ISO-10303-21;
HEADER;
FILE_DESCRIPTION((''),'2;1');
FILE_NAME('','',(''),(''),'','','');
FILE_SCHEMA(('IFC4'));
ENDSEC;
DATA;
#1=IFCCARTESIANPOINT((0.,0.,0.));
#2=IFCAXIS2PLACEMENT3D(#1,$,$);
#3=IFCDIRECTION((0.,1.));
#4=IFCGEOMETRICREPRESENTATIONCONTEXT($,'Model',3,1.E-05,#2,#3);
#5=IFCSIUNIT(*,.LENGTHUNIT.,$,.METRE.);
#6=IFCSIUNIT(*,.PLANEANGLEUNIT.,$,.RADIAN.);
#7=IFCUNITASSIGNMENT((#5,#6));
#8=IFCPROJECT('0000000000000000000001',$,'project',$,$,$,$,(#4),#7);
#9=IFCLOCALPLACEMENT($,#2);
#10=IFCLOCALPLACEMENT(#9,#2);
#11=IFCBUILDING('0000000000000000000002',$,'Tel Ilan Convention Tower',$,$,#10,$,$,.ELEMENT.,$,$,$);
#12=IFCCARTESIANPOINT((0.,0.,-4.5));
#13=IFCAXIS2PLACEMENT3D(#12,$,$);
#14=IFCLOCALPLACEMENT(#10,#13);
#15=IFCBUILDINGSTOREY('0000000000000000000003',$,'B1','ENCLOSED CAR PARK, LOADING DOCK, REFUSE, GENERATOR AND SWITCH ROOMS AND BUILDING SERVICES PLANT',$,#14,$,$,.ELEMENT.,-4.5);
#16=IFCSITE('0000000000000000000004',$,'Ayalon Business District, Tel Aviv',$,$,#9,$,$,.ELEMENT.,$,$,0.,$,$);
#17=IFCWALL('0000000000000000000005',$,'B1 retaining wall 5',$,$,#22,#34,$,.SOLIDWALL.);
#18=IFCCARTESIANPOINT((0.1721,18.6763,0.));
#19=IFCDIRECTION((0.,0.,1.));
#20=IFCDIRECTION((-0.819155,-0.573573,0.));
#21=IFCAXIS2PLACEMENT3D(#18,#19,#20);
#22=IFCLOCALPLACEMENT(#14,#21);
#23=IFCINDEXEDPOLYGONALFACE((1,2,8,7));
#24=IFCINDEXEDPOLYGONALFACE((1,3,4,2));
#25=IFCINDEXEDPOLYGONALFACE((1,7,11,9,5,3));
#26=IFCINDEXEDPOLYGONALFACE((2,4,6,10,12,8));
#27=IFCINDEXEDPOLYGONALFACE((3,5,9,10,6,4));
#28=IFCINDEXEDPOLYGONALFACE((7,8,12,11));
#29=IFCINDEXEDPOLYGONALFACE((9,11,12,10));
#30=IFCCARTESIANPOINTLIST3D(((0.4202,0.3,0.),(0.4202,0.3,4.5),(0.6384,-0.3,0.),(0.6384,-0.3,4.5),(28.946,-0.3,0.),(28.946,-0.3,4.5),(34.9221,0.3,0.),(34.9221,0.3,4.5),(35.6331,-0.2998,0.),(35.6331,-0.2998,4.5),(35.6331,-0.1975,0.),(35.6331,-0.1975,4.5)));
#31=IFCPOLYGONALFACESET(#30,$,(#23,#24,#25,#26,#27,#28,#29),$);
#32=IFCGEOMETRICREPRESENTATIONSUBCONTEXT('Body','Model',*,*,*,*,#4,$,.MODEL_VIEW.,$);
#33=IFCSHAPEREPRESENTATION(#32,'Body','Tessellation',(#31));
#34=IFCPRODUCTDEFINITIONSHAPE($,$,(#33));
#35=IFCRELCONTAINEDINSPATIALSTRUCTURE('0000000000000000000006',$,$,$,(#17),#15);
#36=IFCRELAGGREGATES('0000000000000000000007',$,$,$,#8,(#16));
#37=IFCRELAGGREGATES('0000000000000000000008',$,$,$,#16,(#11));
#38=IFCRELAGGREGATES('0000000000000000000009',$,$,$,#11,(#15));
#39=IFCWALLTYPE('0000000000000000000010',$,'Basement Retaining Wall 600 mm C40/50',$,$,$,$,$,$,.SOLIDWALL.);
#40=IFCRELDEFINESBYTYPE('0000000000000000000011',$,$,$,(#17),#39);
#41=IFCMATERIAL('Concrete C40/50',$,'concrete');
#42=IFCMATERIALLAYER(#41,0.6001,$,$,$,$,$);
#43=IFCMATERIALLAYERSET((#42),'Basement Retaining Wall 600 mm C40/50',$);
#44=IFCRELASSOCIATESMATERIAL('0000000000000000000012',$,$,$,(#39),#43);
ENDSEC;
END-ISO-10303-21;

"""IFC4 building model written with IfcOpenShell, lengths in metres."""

from ifc_helpers import new_model, si_unit, direction, frame, origin, place, context, subcontext, project, spatial, polyline, outline, extrude, material, layer, layer_set, type_object, element, save


model = new_model("IFC4")

# Units and contexts
model_context = context("Model", 3, precision=1e-05, world=origin(), true_north=direction((0.0, 1.0)))
body_context = subcontext(model_context, "Body", "Model", "MODEL_VIEW")
ifc_project = project(units=[si_unit("LENGTHUNIT", "METRE"), si_unit("PLANEANGLEUNIT", "RADIAN")], contexts=[model_context])

# Site, building, storey
site_placement = place(None, origin())
site = spatial("IfcSite", under=ifc_project, at=site_placement, Name="Ayalon Business District, Tel Aviv", CompositionType="ELEMENT", RefElevation=0.0)
building_placement = place(site_placement, origin())
building = spatial("IfcBuilding", under=site, at=building_placement, Name="Tel Ilan Convention Tower", CompositionType="ELEMENT")
storey_placement = place(building_placement, frame((0.0, 0.0, -4.5)))
storey = spatial("IfcBuildingStorey", under=building, at=storey_placement, Name="B1", Description="ENCLOSED CAR PARK, LOADING DOCK, REFUSE, GENERATOR AND SWITCH ROOMS AND BUILDING SERVICES PLANT", CompositionType="ELEMENT", Elevation=-4.5)

# Wall
ifc_material_1 = material(Name="Concrete C40/50", Category="concrete")
ifc_layer_1 = layer(ifc_material_1, 0.6001)
ifc_layer_set_1 = layer_set([ifc_layer_1], Name="Basement Retaining Wall 600 mm C40/50")
wall_type_1 = type_object("IfcWallType", Name="Basement Retaining Wall 600 mm C40/50", PredefinedType="SOLIDWALL", material=ifc_layer_set_1)
wall_1_placement = place(storey_placement, frame((0.1721, 18.6763, 0.0), z_axis=(0.0, 0.0, 1.0), x_axis=(-0.819155, -0.573573, 0.0)))
element("IfcWall", 1, at=wall_1_placement, inside=storey, type_object=wall_type_1, Name="B1 retaining wall 5", PredefinedType="SOLIDWALL", context=body_context, shape_type="SweptSolid", body=[
    extrude(outline(polyline([(34.9221, 0.3), (35.6331, -0.1975), (35.6331, -0.2998), (28.946, -0.3), (0.6384, -0.3), (0.4202, 0.3), (34.9221, 0.3)])), origin(), (0.0, 0.0, 1.0), 4.5),
])

save(model, "model.ifc")
